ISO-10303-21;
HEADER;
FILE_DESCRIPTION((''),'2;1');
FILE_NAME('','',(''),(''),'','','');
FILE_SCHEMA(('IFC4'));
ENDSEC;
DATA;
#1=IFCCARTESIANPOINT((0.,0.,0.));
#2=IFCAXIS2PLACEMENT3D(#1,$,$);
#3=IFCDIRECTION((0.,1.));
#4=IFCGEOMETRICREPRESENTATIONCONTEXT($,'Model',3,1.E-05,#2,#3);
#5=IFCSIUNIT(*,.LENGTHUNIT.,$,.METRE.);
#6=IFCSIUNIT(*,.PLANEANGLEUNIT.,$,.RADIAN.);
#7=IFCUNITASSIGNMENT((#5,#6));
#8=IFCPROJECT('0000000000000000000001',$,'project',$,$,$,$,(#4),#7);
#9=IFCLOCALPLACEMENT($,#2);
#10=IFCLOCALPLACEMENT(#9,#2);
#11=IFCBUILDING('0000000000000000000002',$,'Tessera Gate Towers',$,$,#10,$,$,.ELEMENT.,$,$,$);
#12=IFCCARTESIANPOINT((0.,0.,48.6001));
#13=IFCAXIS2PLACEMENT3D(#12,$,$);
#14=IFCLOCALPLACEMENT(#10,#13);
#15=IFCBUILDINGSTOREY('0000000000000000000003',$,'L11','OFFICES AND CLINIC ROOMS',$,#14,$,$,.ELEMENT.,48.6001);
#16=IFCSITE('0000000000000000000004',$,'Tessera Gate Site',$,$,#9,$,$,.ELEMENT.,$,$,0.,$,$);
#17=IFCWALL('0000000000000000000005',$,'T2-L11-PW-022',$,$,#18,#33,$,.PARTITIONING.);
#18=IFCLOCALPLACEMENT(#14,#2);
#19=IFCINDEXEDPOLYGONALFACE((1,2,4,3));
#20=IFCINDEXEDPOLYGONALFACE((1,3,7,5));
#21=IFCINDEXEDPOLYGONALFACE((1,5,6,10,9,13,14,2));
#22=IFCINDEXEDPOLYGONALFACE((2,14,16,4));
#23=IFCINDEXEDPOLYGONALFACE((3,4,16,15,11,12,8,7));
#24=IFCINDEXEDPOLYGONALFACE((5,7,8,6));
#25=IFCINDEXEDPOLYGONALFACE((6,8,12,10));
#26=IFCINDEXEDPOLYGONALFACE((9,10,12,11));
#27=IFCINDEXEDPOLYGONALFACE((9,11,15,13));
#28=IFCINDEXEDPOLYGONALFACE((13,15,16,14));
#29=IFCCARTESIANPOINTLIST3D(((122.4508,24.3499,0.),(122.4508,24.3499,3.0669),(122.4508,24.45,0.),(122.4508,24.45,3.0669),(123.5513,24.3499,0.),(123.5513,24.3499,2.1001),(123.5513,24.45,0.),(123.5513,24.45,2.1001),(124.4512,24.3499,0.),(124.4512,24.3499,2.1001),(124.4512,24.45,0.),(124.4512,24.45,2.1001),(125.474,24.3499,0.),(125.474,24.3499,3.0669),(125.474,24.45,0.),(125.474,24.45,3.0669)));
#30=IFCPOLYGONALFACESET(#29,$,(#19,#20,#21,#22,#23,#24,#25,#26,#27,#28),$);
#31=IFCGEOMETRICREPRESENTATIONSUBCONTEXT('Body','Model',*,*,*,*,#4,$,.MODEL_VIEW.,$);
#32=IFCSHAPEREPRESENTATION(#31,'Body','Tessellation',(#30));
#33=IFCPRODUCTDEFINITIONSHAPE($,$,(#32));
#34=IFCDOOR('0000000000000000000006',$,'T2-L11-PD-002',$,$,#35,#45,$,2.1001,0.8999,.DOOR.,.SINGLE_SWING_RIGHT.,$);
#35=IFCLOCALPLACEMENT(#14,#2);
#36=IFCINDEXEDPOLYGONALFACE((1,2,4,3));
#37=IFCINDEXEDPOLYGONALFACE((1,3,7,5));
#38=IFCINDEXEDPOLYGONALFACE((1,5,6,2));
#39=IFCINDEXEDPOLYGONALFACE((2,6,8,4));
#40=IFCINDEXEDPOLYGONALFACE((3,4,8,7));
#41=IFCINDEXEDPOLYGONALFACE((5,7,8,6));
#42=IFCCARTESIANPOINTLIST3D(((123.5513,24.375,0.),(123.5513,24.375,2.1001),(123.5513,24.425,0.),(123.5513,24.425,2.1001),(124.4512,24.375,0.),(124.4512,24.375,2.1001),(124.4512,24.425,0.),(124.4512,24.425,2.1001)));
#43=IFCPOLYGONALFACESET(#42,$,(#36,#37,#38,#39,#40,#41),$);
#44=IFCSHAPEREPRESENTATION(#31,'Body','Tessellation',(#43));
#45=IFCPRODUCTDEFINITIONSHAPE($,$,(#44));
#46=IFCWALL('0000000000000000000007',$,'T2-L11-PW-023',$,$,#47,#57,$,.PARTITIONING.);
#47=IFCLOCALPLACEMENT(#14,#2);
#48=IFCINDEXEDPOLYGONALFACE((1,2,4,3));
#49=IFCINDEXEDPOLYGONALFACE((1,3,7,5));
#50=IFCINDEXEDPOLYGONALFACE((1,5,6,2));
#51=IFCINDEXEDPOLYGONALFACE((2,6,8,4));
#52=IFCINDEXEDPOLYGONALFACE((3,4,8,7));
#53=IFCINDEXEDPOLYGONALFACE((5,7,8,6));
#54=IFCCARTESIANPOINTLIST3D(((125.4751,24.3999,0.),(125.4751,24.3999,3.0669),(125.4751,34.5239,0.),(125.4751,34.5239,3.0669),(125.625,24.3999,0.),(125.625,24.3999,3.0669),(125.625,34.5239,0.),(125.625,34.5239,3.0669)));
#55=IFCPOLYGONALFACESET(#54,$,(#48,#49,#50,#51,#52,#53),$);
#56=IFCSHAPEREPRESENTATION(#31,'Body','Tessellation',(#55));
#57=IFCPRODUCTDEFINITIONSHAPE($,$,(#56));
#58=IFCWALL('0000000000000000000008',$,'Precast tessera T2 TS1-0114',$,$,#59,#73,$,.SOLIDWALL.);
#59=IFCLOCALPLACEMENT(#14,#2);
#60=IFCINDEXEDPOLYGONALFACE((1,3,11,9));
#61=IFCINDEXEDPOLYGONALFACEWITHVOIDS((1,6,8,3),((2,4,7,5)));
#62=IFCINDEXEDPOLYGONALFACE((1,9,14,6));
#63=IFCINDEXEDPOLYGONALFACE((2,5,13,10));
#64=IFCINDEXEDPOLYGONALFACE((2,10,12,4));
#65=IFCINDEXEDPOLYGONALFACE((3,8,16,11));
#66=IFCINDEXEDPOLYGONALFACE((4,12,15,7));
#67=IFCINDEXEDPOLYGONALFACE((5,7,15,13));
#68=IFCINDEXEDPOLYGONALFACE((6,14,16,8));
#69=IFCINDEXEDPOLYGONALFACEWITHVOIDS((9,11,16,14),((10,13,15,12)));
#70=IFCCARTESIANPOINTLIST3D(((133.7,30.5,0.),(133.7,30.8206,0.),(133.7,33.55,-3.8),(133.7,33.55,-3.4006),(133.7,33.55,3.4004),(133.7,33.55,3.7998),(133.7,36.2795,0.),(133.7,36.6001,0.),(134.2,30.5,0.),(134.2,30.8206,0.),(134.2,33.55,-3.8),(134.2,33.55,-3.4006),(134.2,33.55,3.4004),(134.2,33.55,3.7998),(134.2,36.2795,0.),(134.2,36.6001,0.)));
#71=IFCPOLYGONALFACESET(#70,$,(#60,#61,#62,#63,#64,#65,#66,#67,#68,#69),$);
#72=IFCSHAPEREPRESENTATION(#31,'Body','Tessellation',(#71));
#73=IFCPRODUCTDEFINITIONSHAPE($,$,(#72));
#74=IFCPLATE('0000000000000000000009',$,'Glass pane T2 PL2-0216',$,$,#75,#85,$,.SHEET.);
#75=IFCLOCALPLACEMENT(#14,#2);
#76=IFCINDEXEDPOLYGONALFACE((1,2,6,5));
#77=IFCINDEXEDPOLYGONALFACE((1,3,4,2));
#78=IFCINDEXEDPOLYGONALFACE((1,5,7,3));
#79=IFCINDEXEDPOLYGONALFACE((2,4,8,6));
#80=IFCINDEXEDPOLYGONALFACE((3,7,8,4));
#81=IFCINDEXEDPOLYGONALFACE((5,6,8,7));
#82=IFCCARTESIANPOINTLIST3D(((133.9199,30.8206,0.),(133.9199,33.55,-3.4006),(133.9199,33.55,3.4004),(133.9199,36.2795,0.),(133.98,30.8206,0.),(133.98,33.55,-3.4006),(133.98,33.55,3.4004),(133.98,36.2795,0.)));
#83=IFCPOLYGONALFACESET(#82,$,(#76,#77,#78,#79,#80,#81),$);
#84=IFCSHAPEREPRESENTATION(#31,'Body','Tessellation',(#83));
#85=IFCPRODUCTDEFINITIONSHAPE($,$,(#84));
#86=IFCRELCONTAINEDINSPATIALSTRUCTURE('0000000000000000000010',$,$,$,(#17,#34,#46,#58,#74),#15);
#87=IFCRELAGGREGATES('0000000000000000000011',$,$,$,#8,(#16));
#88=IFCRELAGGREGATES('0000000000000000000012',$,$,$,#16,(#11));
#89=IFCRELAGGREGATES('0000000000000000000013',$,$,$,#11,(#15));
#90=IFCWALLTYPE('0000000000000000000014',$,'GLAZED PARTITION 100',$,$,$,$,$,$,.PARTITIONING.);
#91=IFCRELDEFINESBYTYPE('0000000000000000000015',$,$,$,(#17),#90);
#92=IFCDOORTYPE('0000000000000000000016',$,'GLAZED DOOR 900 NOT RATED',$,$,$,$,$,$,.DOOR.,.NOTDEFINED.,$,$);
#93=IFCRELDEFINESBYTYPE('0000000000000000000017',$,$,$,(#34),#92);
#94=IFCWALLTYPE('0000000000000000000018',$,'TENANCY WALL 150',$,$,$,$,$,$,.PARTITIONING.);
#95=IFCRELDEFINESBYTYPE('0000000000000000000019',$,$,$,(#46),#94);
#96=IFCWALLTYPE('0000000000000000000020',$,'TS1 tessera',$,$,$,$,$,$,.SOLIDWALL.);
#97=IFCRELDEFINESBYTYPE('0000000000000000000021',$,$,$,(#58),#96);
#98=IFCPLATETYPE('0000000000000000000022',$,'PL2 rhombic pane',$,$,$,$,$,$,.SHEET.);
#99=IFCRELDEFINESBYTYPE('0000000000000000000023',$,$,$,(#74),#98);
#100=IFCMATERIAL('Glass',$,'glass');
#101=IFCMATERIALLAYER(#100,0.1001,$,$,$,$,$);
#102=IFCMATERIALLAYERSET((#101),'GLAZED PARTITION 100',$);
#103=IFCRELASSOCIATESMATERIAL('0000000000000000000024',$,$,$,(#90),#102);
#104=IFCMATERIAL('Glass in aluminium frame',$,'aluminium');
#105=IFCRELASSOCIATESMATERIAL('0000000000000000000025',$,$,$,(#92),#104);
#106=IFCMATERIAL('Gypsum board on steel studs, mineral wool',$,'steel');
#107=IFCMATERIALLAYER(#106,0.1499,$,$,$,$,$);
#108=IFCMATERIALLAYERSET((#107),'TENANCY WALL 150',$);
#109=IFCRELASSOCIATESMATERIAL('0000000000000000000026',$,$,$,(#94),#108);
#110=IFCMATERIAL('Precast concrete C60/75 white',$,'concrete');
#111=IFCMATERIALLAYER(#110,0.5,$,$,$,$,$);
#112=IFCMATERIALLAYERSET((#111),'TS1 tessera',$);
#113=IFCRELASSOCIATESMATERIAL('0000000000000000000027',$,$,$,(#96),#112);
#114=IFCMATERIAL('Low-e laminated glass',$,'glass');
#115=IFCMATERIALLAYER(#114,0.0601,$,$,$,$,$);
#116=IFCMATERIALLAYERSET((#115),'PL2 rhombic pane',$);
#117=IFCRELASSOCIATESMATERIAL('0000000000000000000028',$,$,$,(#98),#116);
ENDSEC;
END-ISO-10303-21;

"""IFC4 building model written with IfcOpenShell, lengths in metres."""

from ifc_helpers import new_model, si_unit, direction, frame, frame_2d, origin, place, context, subcontext, project, spatial, polyline, rectangle, outline, extrude, source, transform, mapped, material, layer, layer_set, type_object, element, fill, save


model = new_model("IFC4")

# Units and contexts
model_context = context("Model", 3, precision=1e-05, world=origin(), true_north=direction((0.0, 1.0)))
body_context = subcontext(model_context, "Body", "Model", "MODEL_VIEW")
ifc_project = project(units=[si_unit("LENGTHUNIT", "METRE"), si_unit("PLANEANGLEUNIT", "RADIAN")], contexts=[model_context])

# Site, building, storey
site_placement = place(None, origin())
site = spatial("IfcSite", under=ifc_project, at=site_placement, Name="Tessera Gate Site", CompositionType="ELEMENT", RefElevation=0.0)
building_placement = place(site_placement, origin())
building = spatial("IfcBuilding", under=site, at=building_placement, Name="Tessera Gate Towers", CompositionType="ELEMENT")
storey_placement = place(building_placement, frame((0.0, 0.0, 48.6001)))
storey = spatial("IfcBuildingStorey", under=building, at=storey_placement, Name="L11", Description="OFFICES AND CLINIC ROOMS", CompositionType="ELEMENT", Elevation=48.6001)

# Shared definitions
shared_shape_1 = source(origin(), body_context, "Body", "SweptSolid", [
    extrude(rectangle(XDim=0.8999, YDim=2.1001, at=frame_2d((0.45, 1.05))), frame((0.0, 0.0249, 0.0), z_axis=(0.0, -1.0, 0.0), x_axis=(1.0, 0.0, 0.0)), (0.0, 0.0, 1.0), 0.05),
])

# Wall, opening, door
ifc_material_1 = material(Name="Glass", Category="glass")
ifc_layer_1 = layer(ifc_material_1, 0.1001)
ifc_layer_set_1 = layer_set([ifc_layer_1], Name="GLAZED PARTITION 100")
wall_type_1 = type_object("IfcWallType", Name="GLAZED PARTITION 100", PredefinedType="PARTITIONING", material=ifc_layer_set_1)
wall_1_placement = place(storey_placement, frame((125.4741, 24.3999, 0.0), z_axis=(0.0, 0.0, 1.0), x_axis=(-1.0, 0.0, 0.0)))
wall_1 = element("IfcWall", 1, at=wall_1_placement, inside=storey, type_object=wall_type_1, Name="T2-L11-PW-022", PredefinedType="PARTITIONING", context=body_context, shape_type="SweptSolid", body=[
    extrude(rectangle(XDim=3.0232, YDim=0.1001, at=frame_2d((1.5117, 0.0))), origin(), (0.0, 0.0, 1.0), 3.0669),
])
shared_shape_2 = source(origin(), body_context, "Body", "SweptSolid", [
    extrude(rectangle(XDim=0.8999, YDim=2.1001, at=frame_2d((0.45, 1.05))), frame((0.0, 0.0601, 0.0), z_axis=(0.0, -1.0, 0.0), x_axis=(1.0, 0.0, 0.0)), (0.0, 0.0, 1.0), 0.1201),
])
opening_1_placement = place(wall_1_placement, frame((1.0229, 0.0, 0.0)))
opening_1 = element("IfcOpeningElement", 2, at=opening_1_placement, cuts=wall_1, PredefinedType="OPENING", context=body_context, shape_type="MappedRepresentation", body=[
    mapped(shared_shape_2, transform((0.0, 0.0, 0.0), scale=1.0)),
])
ifc_material_2 = material(Name="Glass in aluminium frame", Category="aluminium")
door_type_1 = type_object("IfcDoorType", Name="GLAZED DOOR 900 NOT RATED", OperationType="NOTDEFINED", PredefinedType="DOOR", material=ifc_material_2)
door_1_placement = place(opening_1_placement, origin())
door_1 = element("IfcDoor", 3, at=door_1_placement, inside=storey, type_object=door_type_1, Name="T2-L11-PD-002", OperationType="SINGLE_SWING_RIGHT", OverallHeight=2.1001, OverallWidth=0.8999, PredefinedType="DOOR", context=body_context, shape_type="MappedRepresentation", body=[
    mapped(shared_shape_1, transform((0.0, 0.0, 0.0), scale=1.0)),
])
fill(opening_1, door_1)

# Wall
ifc_material_3 = material(Name="Gypsum board on steel studs, mineral wool", Category="steel")
ifc_layer_2 = layer(ifc_material_3, 0.1499)
ifc_layer_set_2 = layer_set([ifc_layer_2], Name="TENANCY WALL 150")
wall_type_2 = type_object("IfcWallType", Name="TENANCY WALL 150", PredefinedType="PARTITIONING", material=ifc_layer_set_2)
wall_2_placement = place(storey_placement, frame((125.55, 24.3999, 0.0), z_axis=(0.0, 0.0, 1.0), x_axis=(0.0, 1.0, 0.0)))
element("IfcWall", 4, at=wall_2_placement, inside=storey, type_object=wall_type_2, Name="T2-L11-PW-023", PredefinedType="PARTITIONING", context=body_context, shape_type="SweptSolid", body=[
    extrude(rectangle(XDim=10.124, YDim=0.1499, at=frame_2d((5.062, 0.0))), origin(), (0.0, 0.0, 1.0), 3.0669),
])

# Wall, opening, plate
ifc_material_4 = material(Name="Precast concrete C60/75 white", Category="concrete")
ifc_layer_3 = layer(ifc_material_4, 0.5)
ifc_layer_set_3 = layer_set([ifc_layer_3], Name="TS1 tessera")
wall_type_3 = type_object("IfcWallType", Name="TS1 tessera", PredefinedType="SOLIDWALL", material=ifc_layer_set_3)
shared_shape_3 = source(origin(), body_context, "Body", "SweptSolid", [
    extrude(outline(polyline([(3.05, 0.0), (6.1001, 3.8), (3.05, 7.5999), (0.0, 3.8), (3.05, 0.0)])), frame((0.0, 0.25, 0.0), z_axis=(0.0, -1.0, 0.0), x_axis=(1.0, 0.0, 0.0)), (0.0, 0.0, 1.0), 0.5),
])
wall_3_placement = place(storey_placement, frame((133.95, 30.5, -3.8), z_axis=(0.0, 0.0, 1.0), x_axis=(0.0, 1.0, 0.0)))
wall_3 = element("IfcWall", 5, at=wall_3_placement, inside=storey, type_object=wall_type_3, Name="Precast tessera T2 TS1-0114", PredefinedType="SOLIDWALL", context=body_context, shape_type="MappedRepresentation", body=[
    mapped(shared_shape_3, transform((0.0, 0.0, 0.0), scale=1.0)),
])
shared_shape_4 = source(origin(), body_context, "Body", "SweptSolid", [
    extrude(outline(polyline([(3.05, 0.3994), (5.7795, 3.8), (3.05, 7.2004), (0.3206, 3.8), (3.05, 0.3994)])), frame((0.0, 0.26, 0.0), z_axis=(0.0, -1.0, 0.0), x_axis=(1.0, 0.0, 0.0)), (0.0, 0.0, 1.0), 0.52),
])
opening_2_placement = place(wall_3_placement, origin())
opening_2 = element("IfcOpeningElement", 6, at=opening_2_placement, cuts=wall_3, PredefinedType="OPENING", context=body_context, shape_type="MappedRepresentation", body=[
    mapped(shared_shape_4, transform((0.0, 0.0, 0.0), scale=1.0)),
])
ifc_material_5 = material(Name="Low-e laminated glass", Category="glass")
ifc_layer_4 = layer(ifc_material_5, 0.0601)
ifc_layer_set_4 = layer_set([ifc_layer_4], Name="PL2 rhombic pane")
plate_type = type_object("IfcPlateType", Name="PL2 rhombic pane", PredefinedType="SHEET", material=ifc_layer_set_4)
shared_shape_5 = source(origin(), body_context, "Body", "SweptSolid", [
    extrude(outline(polyline([(3.05, 0.3994), (5.7795, 3.8), (3.05, 7.2004), (0.3206, 3.8), (3.05, 0.3994)])), frame((0.0, 0.03, 0.0), z_axis=(0.0, -1.0, 0.0), x_axis=(1.0, 0.0, 0.0)), (0.0, 0.0, 1.0), 0.0601),
])
plate_placement = place(opening_2_placement, origin())
plate = element("IfcPlate", 7, at=plate_placement, inside=storey, type_object=plate_type, Name="Glass pane T2 PL2-0216", PredefinedType="SHEET", context=body_context, shape_type="MappedRepresentation", body=[
    mapped(shared_shape_5, transform((0.0, 0.0, 0.0), scale=1.0)),
])
fill(opening_2, plate)

save(model, "model.ifc")
